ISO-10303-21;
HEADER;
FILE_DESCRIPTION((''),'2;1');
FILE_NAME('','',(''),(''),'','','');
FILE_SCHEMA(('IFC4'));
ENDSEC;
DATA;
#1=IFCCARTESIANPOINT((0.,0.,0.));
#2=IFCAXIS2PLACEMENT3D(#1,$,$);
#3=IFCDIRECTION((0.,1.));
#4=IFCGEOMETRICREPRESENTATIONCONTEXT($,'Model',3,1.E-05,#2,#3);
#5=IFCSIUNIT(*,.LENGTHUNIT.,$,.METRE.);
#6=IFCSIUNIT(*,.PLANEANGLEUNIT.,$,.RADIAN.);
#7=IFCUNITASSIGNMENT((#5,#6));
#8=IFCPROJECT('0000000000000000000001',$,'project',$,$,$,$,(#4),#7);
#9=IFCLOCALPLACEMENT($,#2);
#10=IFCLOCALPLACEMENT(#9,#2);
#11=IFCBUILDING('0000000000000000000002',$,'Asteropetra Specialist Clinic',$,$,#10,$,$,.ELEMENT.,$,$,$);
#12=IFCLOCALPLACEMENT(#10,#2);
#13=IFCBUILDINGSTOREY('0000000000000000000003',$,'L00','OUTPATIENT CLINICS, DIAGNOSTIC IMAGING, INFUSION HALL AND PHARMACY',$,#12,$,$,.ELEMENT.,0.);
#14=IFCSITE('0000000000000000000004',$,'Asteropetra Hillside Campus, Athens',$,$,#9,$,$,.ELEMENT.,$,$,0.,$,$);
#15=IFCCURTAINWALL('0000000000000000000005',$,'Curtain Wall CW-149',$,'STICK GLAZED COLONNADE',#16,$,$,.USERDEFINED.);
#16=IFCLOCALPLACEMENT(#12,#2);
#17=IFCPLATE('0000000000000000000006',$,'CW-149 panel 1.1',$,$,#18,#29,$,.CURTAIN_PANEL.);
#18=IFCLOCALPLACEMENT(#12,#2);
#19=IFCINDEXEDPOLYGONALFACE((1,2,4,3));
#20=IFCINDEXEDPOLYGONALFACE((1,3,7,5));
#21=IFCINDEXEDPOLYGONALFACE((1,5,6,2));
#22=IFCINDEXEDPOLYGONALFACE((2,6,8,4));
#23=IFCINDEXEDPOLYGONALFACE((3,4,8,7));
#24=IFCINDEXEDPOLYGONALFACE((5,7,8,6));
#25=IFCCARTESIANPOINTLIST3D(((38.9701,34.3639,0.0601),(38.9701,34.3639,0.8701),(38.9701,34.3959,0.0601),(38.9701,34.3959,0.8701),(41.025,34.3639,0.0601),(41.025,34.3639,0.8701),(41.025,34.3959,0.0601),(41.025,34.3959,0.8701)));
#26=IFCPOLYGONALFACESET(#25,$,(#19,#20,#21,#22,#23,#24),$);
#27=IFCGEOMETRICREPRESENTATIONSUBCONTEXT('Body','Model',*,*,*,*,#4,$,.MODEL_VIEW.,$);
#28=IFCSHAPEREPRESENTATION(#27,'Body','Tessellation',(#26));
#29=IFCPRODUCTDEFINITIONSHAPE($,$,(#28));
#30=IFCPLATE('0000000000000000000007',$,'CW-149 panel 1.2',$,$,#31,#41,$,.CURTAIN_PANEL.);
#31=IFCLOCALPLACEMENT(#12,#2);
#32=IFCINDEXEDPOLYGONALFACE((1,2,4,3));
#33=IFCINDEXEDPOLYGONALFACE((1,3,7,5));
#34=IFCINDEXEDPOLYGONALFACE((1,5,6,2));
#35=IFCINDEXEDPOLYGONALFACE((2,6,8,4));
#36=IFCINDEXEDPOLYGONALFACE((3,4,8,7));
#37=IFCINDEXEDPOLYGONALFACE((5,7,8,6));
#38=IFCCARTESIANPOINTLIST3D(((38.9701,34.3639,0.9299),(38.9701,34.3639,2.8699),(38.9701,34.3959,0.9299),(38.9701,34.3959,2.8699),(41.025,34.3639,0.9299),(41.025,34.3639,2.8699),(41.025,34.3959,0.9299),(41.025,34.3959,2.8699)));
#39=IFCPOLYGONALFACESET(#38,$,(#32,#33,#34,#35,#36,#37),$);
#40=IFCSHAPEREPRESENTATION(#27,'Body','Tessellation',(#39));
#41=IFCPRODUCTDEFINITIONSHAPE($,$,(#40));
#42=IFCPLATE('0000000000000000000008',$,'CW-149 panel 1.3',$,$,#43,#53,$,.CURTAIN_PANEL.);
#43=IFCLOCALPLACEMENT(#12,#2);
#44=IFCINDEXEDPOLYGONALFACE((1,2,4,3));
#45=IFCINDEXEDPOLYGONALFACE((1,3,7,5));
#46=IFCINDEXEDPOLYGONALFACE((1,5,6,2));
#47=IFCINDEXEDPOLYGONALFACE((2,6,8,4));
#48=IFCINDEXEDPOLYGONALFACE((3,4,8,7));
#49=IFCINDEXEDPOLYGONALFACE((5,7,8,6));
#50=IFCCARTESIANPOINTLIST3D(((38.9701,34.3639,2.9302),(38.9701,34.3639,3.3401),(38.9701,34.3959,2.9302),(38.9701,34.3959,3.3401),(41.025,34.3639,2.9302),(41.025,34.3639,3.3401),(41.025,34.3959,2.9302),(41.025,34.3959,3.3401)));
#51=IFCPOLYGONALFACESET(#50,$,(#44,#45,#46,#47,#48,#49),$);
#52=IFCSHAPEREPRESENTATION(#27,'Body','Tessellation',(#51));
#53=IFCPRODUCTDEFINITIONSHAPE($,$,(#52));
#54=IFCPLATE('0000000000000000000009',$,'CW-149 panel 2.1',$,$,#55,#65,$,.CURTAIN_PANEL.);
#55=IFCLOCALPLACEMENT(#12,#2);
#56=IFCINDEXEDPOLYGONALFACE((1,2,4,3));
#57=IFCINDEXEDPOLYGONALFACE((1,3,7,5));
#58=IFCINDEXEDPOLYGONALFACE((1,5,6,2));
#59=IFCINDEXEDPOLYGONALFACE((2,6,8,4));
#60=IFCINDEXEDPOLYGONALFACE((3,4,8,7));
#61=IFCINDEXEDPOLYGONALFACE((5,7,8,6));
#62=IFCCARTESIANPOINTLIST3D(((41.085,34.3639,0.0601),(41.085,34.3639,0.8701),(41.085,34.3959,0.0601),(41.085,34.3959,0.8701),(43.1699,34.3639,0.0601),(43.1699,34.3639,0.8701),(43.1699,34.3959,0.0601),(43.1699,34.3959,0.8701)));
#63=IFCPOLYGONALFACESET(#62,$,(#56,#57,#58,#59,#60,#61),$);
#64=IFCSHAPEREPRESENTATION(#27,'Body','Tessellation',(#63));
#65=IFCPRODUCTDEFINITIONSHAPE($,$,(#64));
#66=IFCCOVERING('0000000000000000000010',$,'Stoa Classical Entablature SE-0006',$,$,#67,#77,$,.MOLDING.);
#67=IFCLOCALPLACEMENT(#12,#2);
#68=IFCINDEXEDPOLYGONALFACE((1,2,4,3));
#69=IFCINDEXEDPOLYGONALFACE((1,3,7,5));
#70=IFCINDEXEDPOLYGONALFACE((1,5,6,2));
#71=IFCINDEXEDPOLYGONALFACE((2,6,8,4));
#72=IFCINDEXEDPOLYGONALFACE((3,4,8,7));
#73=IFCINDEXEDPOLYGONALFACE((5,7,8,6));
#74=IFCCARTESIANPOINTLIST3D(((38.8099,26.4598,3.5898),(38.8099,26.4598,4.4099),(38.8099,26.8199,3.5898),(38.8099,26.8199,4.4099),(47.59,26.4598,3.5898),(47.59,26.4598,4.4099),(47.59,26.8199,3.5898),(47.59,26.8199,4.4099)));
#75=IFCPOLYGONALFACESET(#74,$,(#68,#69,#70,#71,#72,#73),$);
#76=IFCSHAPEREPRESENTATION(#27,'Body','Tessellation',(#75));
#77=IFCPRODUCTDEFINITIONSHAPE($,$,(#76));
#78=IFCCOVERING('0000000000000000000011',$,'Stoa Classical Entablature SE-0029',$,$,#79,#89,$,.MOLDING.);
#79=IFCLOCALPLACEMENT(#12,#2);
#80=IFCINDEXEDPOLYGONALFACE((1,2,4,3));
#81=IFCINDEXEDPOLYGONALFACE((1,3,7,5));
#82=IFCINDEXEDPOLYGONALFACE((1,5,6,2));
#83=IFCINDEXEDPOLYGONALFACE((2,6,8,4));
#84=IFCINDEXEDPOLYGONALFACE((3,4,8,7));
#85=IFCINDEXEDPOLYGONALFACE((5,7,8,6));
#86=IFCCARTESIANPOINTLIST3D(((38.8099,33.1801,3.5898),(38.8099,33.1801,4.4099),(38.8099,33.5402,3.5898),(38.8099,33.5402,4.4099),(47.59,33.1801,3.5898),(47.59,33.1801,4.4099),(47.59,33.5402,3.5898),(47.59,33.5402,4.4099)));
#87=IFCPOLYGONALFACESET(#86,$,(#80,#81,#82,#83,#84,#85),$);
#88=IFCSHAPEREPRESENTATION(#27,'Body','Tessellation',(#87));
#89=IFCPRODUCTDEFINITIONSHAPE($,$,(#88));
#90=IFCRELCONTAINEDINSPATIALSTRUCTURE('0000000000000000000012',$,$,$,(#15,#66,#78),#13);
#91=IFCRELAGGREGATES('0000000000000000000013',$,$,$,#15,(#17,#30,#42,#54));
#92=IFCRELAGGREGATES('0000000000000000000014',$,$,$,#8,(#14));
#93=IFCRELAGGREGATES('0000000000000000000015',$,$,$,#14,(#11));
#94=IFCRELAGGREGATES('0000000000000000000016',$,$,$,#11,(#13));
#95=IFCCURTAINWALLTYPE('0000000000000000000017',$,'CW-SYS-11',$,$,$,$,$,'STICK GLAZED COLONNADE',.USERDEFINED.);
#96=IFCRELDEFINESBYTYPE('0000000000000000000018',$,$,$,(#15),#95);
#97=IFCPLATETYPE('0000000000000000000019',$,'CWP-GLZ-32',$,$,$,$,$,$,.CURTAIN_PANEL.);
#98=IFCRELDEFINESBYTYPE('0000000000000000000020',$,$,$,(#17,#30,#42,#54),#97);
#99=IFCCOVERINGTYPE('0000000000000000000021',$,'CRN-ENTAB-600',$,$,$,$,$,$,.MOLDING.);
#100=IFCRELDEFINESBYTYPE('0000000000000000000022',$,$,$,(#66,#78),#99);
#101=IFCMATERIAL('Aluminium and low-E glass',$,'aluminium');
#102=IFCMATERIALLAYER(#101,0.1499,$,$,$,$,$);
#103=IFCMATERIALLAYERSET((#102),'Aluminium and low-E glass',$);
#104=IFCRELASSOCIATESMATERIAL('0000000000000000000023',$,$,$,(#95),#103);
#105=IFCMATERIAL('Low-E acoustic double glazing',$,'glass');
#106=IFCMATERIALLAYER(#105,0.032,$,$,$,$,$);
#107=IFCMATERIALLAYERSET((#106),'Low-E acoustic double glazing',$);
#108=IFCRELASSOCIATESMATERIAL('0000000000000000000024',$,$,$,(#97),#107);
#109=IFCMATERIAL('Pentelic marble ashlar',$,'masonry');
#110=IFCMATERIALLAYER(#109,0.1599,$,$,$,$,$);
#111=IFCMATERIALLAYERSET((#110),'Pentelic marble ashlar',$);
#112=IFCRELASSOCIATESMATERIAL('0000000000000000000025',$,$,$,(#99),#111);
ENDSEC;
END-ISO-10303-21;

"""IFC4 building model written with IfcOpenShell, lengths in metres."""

from ifc_helpers import new_model, si_unit, direction, frame, origin, origin_2d, place, context, subcontext, project, spatial, rectangle, extrude, material, layer, layer_set, type_object, element, aggregate, save


model = new_model("IFC4")

# Units and contexts
model_context = context("Model", 3, precision=1e-05, world=origin(), true_north=direction((0.0, 1.0)))
body_context = subcontext(model_context, "Body", "Model", "MODEL_VIEW")
ifc_project = project(units=[si_unit("LENGTHUNIT", "METRE"), si_unit("PLANEANGLEUNIT", "RADIAN")], contexts=[model_context])

# Site, building, storey
site_placement = place(None, origin())
site = spatial("IfcSite", under=ifc_project, at=site_placement, Name="Asteropetra Hillside Campus, Athens", CompositionType="ELEMENT", RefElevation=0.0)
building_placement = place(site_placement, origin())
building = spatial("IfcBuilding", under=site, at=building_placement, Name="Asteropetra Specialist Clinic", CompositionType="ELEMENT")
storey_placement = place(building_placement, origin())
storey = spatial("IfcBuildingStorey", under=building, at=storey_placement, Name="L00", Description="OUTPATIENT CLINICS, DIAGNOSTIC IMAGING, INFUSION HALL AND PHARMACY", CompositionType="ELEMENT", Elevation=0.0)

# Curtain wall
ifc_material_1 = material(Name="Aluminium and low-E glass", Category="aluminium")
ifc_layer_1 = layer(ifc_material_1, 0.1499)
ifc_layer_set_1 = layer_set([ifc_layer_1], Name="Aluminium and low-E glass")
curtain_wall_type = type_object("IfcCurtainWallType", Name="CW-SYS-11", ElementType="STICK GLAZED COLONNADE", PredefinedType="USERDEFINED", material=ifc_layer_set_1)
curtain_wall_placement = place(storey_placement, origin())
curtain_wall = element("IfcCurtainWall", 1, at=curtain_wall_placement, inside=storey, type_object=curtain_wall_type, Name="Curtain Wall CW-149", ObjectType="STICK GLAZED COLONNADE", PredefinedType="USERDEFINED")

# Plates
ifc_material_2 = material(Name="Low-E acoustic double glazing", Category="glass")
ifc_layer_2 = layer(ifc_material_2, 0.032)
ifc_layer_set_2 = layer_set([ifc_layer_2], Name="Low-E acoustic double glazing")
plate_type = type_object("IfcPlateType", Name="CWP-GLZ-32", PredefinedType="CURTAIN_PANEL", material=ifc_layer_set_2)
plate_1_placement = place(storey_placement, frame((39.9976, 34.3799, 0.0601), z_axis=(0.0, 0.0, 1.0), x_axis=(1.0, 0.0, 0.0)))
plate_1 = element("IfcPlate", 2, at=plate_1_placement, type_object=plate_type, Name="CW-149 panel 1.1", PredefinedType="CURTAIN_PANEL", context=body_context, shape_type="SweptSolid", body=[
    extrude(rectangle(XDim=2.0549, YDim=0.032, at=origin_2d()), origin(), (0.0, 0.0, 1.0), 0.8101),
])
plate_2_placement = place(storey_placement, frame((39.9976, 34.3799, 0.9299), z_axis=(0.0, 0.0, 1.0), x_axis=(1.0, 0.0, 0.0)))
plate_2 = element("IfcPlate", 3, at=plate_2_placement, type_object=plate_type, Name="CW-149 panel 1.2", PredefinedType="CURTAIN_PANEL", context=body_context, shape_type="SweptSolid", body=[
    extrude(rectangle(XDim=2.0549, YDim=0.032, at=origin_2d()), origin(), (0.0, 0.0, 1.0), 1.9399),
])
plate_3_placement = place(storey_placement, frame((39.9976, 34.3799, 2.9302), z_axis=(0.0, 0.0, 1.0), x_axis=(1.0, 0.0, 0.0)))
plate_3 = element("IfcPlate", 4, at=plate_3_placement, type_object=plate_type, Name="CW-149 panel 1.3", PredefinedType="CURTAIN_PANEL", context=body_context, shape_type="SweptSolid", body=[
    extrude(rectangle(XDim=2.0549, YDim=0.032, at=origin_2d()), origin(), (0.0, 0.0, 1.0), 0.4099),
])
plate_4_placement = place(storey_placement, frame((42.1274, 34.3799, 0.0601), z_axis=(0.0, 0.0, 1.0), x_axis=(1.0, 0.0, 0.0)))
plate_4 = element("IfcPlate", 5, at=plate_4_placement, type_object=plate_type, Name="CW-149 panel 2.1", PredefinedType="CURTAIN_PANEL", context=body_context, shape_type="SweptSolid", body=[
    extrude(rectangle(XDim=2.085, YDim=0.032, at=origin_2d()), origin(), (0.0, 0.0, 1.0), 0.8101),
])
aggregate(curtain_wall, [plate_1, plate_2, plate_3, plate_4])

# Coverings
ifc_material_3 = material(Name="Pentelic marble ashlar", Category="masonry")
ifc_layer_3 = layer(ifc_material_3, 0.1599)
ifc_layer_set_3 = layer_set([ifc_layer_3], Name="Pentelic marble ashlar")
covering_type = type_object("IfcCoveringType", Name="CRN-ENTAB-600", PredefinedType="MOLDING", material=ifc_layer_set_3)
for number, where, z_axis, x_axis, name in (
    (6, (43.2, 26.6399, 3.5898), (0.0, 0.0, 1.0), (1.0, 0.0, 0.0), "Stoa Classical Entablature SE-0006"),
    (7, (43.2, 33.3601, 3.5898), (0.0, 0.0, 1.0), (1.0, 0.0, 0.0), "Stoa Classical Entablature SE-0029"),
):
    element("IfcCovering", number, at=place(storey_placement, frame(where, z_axis=z_axis, x_axis=x_axis)), inside=storey, type_object=covering_type, Name=name, PredefinedType="MOLDING", context=body_context, shape_type="SweptSolid", body=[
        extrude(rectangle(XDim=8.78, YDim=0.3601, at=origin_2d()), origin(), (0.0, 0.0, 1.0), 0.8201),
    ])

save(model, "model.ifc")
